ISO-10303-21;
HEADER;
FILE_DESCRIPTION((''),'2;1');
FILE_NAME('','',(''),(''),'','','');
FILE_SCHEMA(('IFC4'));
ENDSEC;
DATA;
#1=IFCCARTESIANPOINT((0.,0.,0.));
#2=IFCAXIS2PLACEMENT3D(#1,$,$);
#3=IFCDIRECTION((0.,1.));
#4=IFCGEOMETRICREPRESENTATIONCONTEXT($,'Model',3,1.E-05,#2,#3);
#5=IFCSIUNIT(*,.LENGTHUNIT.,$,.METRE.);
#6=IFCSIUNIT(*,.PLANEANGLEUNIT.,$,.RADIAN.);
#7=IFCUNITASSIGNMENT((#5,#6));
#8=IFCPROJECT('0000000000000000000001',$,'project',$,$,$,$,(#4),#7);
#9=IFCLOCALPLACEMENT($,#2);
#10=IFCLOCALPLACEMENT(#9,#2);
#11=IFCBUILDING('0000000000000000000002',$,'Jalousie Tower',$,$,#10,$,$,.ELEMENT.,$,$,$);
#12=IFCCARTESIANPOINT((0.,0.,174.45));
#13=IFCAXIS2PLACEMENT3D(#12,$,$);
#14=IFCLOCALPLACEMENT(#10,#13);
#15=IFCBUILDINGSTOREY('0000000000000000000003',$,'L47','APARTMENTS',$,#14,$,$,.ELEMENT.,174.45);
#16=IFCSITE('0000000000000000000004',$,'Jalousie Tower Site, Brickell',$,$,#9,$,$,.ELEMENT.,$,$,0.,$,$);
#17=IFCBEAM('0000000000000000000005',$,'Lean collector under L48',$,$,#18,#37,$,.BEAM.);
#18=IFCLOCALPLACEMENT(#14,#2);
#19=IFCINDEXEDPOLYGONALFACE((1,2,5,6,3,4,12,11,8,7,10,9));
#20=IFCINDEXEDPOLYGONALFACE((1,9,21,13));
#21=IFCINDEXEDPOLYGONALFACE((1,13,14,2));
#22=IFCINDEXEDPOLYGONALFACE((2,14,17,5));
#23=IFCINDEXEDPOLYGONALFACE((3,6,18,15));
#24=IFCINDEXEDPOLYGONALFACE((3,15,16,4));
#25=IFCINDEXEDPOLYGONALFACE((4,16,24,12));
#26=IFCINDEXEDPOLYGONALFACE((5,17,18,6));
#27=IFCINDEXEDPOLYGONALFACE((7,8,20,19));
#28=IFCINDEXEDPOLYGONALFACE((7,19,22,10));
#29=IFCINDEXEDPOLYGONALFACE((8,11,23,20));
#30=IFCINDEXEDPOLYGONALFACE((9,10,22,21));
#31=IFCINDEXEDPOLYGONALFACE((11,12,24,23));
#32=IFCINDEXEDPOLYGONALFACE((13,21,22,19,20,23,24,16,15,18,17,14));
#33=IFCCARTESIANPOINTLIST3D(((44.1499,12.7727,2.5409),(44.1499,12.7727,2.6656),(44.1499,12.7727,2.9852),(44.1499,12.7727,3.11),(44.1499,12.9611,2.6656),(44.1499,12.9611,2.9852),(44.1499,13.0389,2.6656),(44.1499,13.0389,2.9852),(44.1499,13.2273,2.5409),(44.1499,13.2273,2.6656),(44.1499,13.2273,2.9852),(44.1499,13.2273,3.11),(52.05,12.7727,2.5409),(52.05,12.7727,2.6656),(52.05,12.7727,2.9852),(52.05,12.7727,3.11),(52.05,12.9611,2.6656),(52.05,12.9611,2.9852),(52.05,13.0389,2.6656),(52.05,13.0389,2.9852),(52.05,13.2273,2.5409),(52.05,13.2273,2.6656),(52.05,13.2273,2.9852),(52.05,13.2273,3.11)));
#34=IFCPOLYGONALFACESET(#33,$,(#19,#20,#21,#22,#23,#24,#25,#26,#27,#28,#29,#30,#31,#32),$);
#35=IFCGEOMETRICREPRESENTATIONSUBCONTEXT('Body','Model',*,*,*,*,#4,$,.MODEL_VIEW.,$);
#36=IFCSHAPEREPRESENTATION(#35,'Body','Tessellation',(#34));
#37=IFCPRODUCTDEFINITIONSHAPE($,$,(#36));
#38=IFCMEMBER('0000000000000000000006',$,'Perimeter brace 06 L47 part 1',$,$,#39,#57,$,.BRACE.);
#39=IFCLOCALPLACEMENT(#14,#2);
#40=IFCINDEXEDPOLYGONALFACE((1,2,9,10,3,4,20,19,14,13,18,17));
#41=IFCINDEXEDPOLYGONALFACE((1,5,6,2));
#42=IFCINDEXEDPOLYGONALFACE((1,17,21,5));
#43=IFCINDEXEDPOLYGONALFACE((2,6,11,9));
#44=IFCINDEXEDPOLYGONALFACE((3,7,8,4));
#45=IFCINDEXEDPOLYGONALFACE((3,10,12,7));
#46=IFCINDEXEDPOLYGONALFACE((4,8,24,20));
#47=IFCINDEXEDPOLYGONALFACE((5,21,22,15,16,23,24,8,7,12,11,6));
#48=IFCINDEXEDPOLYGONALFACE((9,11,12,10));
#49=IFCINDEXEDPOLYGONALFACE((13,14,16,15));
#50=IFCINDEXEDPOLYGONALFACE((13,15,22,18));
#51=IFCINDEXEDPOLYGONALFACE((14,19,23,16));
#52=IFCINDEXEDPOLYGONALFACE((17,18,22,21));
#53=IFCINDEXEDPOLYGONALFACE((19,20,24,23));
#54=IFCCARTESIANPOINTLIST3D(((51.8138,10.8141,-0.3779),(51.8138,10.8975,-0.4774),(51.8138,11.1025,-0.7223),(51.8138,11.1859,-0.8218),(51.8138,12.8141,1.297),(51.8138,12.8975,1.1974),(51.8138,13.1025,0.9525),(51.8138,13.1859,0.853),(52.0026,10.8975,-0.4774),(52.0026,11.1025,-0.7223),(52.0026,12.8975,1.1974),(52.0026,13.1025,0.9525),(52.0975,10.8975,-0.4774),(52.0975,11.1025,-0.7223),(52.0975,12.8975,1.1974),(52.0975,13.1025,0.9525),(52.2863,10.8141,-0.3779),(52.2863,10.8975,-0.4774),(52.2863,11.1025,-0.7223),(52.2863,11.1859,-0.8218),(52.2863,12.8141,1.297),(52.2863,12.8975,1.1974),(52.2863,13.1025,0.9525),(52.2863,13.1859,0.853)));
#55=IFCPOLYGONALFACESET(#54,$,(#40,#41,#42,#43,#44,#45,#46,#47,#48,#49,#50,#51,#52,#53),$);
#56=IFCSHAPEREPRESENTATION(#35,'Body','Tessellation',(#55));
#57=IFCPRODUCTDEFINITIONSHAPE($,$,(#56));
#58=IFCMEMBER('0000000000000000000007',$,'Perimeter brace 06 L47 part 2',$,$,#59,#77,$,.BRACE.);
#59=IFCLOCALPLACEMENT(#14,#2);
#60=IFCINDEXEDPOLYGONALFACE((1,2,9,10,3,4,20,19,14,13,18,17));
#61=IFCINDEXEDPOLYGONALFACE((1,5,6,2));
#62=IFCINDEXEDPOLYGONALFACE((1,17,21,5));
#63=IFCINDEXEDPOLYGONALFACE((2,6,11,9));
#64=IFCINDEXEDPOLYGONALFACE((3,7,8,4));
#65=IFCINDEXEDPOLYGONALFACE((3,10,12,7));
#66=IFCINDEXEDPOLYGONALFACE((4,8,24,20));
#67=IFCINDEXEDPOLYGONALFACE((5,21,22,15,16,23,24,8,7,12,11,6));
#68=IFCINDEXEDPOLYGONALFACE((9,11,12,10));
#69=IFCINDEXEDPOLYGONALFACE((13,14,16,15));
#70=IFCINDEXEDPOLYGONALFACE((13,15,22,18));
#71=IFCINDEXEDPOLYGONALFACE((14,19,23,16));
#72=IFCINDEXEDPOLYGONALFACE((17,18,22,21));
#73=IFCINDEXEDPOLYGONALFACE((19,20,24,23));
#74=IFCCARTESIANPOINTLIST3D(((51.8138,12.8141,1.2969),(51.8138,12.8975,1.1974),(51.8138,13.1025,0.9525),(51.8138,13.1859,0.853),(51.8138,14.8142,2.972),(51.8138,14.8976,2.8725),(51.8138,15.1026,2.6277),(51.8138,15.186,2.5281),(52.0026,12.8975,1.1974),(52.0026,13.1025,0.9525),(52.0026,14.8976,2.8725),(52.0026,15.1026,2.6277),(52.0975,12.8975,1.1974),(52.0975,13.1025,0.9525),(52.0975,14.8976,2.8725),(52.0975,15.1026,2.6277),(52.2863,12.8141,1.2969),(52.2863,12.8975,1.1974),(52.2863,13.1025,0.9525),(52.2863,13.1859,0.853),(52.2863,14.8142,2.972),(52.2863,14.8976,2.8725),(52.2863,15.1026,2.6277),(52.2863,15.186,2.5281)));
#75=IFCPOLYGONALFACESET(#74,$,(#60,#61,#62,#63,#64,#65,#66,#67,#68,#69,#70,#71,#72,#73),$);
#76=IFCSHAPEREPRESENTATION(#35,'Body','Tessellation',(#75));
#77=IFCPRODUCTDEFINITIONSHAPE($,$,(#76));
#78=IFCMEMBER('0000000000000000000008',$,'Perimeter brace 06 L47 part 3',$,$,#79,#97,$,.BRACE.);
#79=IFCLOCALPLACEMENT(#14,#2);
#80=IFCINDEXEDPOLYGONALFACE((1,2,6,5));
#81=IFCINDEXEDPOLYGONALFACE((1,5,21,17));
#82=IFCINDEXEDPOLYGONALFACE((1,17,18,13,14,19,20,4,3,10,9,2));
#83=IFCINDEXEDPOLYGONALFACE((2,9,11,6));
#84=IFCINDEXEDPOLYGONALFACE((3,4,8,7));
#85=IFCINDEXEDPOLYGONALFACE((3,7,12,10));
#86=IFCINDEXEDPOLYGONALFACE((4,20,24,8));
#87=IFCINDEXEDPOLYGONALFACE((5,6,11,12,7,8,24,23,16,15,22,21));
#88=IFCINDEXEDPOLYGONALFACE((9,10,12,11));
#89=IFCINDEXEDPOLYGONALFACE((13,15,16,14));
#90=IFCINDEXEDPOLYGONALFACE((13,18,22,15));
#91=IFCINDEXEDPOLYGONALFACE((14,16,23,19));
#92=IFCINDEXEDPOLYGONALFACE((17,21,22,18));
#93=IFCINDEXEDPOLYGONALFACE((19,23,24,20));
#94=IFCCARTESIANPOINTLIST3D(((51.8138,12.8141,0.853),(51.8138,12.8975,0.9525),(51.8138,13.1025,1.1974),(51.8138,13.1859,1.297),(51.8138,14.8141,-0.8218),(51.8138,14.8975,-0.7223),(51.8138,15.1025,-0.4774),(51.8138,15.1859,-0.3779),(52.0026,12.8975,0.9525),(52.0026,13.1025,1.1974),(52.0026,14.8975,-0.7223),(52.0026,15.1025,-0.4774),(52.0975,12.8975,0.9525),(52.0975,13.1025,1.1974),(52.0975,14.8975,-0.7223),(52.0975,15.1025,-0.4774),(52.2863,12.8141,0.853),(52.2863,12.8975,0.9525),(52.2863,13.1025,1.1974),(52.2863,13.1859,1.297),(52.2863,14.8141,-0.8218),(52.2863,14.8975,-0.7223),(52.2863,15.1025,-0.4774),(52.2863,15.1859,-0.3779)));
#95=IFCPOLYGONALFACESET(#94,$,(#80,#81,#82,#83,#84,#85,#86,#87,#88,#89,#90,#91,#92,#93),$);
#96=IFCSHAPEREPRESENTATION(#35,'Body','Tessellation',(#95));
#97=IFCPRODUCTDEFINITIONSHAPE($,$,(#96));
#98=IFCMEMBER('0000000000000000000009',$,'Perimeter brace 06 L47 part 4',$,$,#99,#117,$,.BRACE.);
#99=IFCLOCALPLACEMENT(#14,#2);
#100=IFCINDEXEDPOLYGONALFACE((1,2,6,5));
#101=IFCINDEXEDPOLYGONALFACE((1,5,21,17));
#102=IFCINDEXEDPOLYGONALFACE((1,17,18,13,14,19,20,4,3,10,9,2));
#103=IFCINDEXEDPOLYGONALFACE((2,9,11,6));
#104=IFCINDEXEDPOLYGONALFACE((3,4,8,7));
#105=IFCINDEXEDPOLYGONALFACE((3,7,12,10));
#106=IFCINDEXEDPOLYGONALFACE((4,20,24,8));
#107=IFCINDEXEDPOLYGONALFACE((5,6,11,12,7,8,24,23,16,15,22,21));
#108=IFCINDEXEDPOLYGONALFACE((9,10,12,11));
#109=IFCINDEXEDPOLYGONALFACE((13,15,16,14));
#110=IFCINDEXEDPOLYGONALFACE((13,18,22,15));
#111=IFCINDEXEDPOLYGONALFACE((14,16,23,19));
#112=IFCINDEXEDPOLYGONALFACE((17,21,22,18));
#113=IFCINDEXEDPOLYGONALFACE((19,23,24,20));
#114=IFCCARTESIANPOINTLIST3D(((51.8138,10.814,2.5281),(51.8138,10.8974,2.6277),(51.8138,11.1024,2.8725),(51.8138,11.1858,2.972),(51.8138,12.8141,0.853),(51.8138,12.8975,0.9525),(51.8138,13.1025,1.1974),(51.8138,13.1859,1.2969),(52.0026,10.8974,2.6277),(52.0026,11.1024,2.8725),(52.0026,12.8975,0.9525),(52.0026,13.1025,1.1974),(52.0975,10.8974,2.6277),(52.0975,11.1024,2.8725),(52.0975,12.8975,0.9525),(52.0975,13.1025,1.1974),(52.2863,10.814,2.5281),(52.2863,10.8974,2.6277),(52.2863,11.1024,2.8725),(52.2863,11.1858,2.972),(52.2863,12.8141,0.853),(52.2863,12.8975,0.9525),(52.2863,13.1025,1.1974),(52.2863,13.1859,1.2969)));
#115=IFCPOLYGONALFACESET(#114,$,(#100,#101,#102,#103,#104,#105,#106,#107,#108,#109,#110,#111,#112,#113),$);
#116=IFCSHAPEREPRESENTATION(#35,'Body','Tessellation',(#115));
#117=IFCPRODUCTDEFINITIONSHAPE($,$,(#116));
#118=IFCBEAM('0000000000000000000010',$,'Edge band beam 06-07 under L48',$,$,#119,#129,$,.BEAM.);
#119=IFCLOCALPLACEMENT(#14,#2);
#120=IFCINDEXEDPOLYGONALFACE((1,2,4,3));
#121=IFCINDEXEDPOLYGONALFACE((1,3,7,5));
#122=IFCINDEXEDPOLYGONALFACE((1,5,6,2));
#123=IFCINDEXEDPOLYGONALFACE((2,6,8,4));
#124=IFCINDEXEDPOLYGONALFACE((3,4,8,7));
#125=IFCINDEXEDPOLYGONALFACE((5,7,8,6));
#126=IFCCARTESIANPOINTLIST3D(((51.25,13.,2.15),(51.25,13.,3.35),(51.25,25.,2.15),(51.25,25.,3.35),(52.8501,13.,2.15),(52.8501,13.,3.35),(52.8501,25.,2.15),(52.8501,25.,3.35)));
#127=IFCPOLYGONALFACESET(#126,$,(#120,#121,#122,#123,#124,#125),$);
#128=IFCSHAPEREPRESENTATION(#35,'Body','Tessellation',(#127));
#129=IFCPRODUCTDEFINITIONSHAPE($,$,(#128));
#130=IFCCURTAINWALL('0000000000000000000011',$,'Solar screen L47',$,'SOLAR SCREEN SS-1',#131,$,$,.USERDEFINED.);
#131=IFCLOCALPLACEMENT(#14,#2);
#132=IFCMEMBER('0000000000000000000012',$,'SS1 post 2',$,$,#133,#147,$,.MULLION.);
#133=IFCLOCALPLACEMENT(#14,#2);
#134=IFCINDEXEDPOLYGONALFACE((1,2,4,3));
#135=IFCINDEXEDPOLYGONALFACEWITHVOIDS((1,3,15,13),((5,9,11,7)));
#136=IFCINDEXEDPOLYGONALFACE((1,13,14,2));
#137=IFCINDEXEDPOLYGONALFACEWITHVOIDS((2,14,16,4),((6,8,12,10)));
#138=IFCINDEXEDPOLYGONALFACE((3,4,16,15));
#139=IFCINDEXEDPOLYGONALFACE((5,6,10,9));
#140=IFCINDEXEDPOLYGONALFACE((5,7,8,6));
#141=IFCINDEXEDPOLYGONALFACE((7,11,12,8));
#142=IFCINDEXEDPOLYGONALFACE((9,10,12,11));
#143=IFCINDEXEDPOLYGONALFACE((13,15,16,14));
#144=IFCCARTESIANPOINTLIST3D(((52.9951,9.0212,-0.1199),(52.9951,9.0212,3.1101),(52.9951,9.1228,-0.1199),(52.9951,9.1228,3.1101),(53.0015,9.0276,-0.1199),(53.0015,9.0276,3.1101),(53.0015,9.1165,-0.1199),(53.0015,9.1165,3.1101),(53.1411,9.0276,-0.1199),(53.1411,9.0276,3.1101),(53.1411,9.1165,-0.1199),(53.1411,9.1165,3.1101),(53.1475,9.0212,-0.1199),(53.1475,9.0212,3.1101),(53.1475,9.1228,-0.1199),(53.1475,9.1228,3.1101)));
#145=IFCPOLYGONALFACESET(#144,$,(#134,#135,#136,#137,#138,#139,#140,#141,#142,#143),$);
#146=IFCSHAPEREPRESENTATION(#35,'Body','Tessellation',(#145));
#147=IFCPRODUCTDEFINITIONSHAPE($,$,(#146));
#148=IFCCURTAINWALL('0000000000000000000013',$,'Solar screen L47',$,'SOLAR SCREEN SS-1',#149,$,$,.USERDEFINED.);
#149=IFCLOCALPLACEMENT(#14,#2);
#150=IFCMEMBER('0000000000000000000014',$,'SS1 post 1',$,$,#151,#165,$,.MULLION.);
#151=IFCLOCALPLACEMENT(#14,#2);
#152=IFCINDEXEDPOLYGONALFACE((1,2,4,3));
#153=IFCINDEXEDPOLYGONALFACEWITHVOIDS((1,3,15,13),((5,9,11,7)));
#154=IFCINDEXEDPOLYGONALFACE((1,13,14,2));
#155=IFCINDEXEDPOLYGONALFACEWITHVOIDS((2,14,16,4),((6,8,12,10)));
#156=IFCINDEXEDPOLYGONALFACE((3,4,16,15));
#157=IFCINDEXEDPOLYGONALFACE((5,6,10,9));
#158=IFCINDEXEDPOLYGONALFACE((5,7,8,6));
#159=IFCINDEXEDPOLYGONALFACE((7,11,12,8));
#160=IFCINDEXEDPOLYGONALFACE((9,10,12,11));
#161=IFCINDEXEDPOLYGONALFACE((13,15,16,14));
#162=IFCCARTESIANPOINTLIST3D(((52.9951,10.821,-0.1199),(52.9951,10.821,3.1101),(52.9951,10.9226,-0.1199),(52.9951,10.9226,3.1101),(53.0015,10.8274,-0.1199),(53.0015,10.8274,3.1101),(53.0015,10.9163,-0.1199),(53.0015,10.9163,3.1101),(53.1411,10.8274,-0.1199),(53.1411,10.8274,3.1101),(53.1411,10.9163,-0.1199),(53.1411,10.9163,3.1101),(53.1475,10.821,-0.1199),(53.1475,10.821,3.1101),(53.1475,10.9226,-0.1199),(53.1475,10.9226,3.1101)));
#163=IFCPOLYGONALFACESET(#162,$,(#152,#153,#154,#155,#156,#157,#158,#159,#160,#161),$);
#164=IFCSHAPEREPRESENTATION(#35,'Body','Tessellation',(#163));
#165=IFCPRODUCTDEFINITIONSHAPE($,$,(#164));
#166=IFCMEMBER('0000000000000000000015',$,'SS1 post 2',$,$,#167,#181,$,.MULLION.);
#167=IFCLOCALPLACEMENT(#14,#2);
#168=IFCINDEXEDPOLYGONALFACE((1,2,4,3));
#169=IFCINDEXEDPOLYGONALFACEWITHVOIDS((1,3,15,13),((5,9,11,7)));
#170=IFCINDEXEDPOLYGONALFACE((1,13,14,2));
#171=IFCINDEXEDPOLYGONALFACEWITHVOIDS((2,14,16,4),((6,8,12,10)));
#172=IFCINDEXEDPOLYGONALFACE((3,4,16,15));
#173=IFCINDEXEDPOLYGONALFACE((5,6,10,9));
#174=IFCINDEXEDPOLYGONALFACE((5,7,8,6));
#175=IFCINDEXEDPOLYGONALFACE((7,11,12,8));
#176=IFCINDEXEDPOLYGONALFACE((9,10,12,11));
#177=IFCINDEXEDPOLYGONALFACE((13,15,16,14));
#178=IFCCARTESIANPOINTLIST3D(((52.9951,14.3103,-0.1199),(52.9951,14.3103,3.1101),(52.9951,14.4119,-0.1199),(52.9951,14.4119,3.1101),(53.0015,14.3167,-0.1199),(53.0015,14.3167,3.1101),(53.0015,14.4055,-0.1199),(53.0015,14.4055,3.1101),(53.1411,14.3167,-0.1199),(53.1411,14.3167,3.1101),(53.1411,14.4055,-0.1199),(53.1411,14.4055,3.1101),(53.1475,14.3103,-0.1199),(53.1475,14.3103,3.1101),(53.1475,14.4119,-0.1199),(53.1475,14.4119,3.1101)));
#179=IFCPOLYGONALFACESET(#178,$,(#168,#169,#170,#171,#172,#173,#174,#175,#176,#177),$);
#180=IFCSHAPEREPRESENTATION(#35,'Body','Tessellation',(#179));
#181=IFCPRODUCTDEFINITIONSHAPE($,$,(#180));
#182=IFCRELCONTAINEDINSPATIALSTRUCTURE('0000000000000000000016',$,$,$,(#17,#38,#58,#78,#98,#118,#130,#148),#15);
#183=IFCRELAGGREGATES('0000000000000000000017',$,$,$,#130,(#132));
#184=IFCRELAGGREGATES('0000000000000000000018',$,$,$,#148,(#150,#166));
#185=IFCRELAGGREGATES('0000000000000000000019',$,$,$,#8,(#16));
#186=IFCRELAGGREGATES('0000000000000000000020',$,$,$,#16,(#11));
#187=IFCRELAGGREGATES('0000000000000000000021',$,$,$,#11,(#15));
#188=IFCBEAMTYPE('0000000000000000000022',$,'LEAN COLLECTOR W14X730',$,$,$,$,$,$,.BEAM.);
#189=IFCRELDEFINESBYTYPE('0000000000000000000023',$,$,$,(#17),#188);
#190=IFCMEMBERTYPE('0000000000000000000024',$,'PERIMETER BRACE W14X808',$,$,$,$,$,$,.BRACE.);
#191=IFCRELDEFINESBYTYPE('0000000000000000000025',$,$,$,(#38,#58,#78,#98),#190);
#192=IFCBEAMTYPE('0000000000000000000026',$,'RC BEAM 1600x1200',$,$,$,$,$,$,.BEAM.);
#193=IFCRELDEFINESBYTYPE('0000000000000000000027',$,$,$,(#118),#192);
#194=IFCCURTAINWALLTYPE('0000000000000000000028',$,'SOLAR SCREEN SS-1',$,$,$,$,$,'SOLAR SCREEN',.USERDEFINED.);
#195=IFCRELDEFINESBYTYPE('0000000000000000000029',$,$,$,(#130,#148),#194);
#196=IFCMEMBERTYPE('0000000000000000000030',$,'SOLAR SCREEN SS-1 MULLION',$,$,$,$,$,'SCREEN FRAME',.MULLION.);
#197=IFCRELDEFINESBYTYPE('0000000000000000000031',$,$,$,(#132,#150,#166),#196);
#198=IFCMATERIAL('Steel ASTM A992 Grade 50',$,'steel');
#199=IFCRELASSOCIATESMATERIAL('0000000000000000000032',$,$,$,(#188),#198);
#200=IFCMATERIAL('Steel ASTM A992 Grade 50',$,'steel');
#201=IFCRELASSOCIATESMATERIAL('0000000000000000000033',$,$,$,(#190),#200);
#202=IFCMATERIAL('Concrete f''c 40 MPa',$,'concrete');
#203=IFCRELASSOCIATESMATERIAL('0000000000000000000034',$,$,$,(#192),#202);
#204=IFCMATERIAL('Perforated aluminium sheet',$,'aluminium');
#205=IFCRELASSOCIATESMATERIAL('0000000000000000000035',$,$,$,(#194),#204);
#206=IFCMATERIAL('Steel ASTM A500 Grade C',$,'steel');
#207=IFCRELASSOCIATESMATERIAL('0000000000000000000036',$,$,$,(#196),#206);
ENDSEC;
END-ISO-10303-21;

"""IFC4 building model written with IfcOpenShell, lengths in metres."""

from ifc_helpers import new_model, si_unit, direction, frame, origin, origin_2d, place, context, subcontext, project, spatial, rectangle, hollow_rectangle, i_section, extrude, material, material_profile, profile_set, type_object, element, aggregate, save


model = new_model("IFC4")

# Units and contexts
model_context = context("Model", 3, precision=1e-05, world=origin(), true_north=direction((0.0, 1.0)))
body_context = subcontext(model_context, "Body", "Model", "MODEL_VIEW")
ifc_project = project(units=[si_unit("LENGTHUNIT", "METRE"), si_unit("PLANEANGLEUNIT", "RADIAN")], contexts=[model_context])

# Site, building, storey
site_placement = place(None, origin())
site = spatial("IfcSite", under=ifc_project, at=site_placement, Name="Jalousie Tower Site, Brickell", CompositionType="ELEMENT", RefElevation=0.0)
building_placement = place(site_placement, origin())
building = spatial("IfcBuilding", under=site, at=building_placement, Name="Jalousie Tower", CompositionType="ELEMENT")
storey_placement = place(building_placement, frame((0.0, 0.0, 174.45)))
storey = spatial("IfcBuildingStorey", under=building, at=storey_placement, Name="L47", Description="APARTMENTS", CompositionType="ELEMENT", Elevation=174.45)

# Beam
ifc_material_1 = material(Name="Steel ASTM A992 Grade 50", Category="steel")
ifc_material_profile_1 = material_profile(ifc_material_1, i_section(OverallWidth=0.4546, OverallDepth=0.5691, WebThickness=0.0779, FlangeThickness=0.1248, at=origin_2d()), Name="W14X730")
ifc_profile_set_1 = profile_set([ifc_material_profile_1], Name="Steel ASTM A992 Grade 50")
beam_type_1 = type_object("IfcBeamType", Name="LEAN COLLECTOR W14X730", PredefinedType="BEAM", material=ifc_profile_set_1)
beam_1_placement = place(storey_placement, frame((52.05, 13.0, 2.8254), z_axis=(-1.0, 0.0, 0.0), x_axis=(0.0, -1.0, 0.0)))
element("IfcBeam", 1, at=beam_1_placement, inside=storey, type_object=beam_type_1, Name="Lean collector under L48", PredefinedType="BEAM", context=body_context, shape_type="SweptSolid", body=[
    extrude(i_section(OverallWidth=0.4546, OverallDepth=0.5691, WebThickness=0.0779, FlangeThickness=0.1248, at=origin_2d()), origin(), (0.0, 0.0, 1.0), 7.9001),
])

# Members
ifc_material_2 = material(Name="Steel ASTM A992 Grade 50", Category="steel")
ifc_material_profile_2 = material_profile(ifc_material_2, i_section(OverallWidth=0.4724, OverallDepth=0.5791, WebThickness=0.095, FlangeThickness=0.1299, at=origin_2d()), Name="W14X808")
ifc_profile_set_2 = profile_set([ifc_material_profile_2], Name="Steel ASTM A992 Grade 50")
member_type_1 = type_object("IfcMemberType", Name="PERIMETER BRACE W14X808", PredefinedType="BRACE", material=ifc_profile_set_2)
member_1_placement = place(storey_placement, frame((52.05, 11.0, -0.5999), z_axis=(0.0, 0.766685, 0.642024), x_axis=(-1.0, 0.0, 0.0)))
element("IfcMember", 2, at=member_1_placement, inside=storey, type_object=member_type_1, Name="Perimeter brace 06 L47 part 1", PredefinedType="BRACE", context=body_context, shape_type="SweptSolid", body=[
    extrude(i_section(OverallWidth=0.4724, OverallDepth=0.5791, WebThickness=0.095, FlangeThickness=0.1299, at=origin_2d()), origin(), (0.0, 0.0, 1.0), 2.6086),
])
member_2_placement = place(storey_placement, frame((52.05, 13.0, 1.075), z_axis=(0.0, 0.766639, 0.642079), x_axis=(-1.0, 0.0, 0.0)))
element("IfcMember", 3, at=member_2_placement, inside=storey, type_object=member_type_1, Name="Perimeter brace 06 L47 part 2", PredefinedType="BRACE", context=body_context, shape_type="SweptSolid", body=[
    extrude(i_section(OverallWidth=0.4724, OverallDepth=0.5791, WebThickness=0.095, FlangeThickness=0.1299, at=origin_2d()), origin(), (0.0, 0.0, 1.0), 2.6089),
])
member_3_placement = place(storey_placement, frame((52.05, 15.0, -0.5999), z_axis=(0.0, -0.766685, 0.642024), x_axis=(1.0, 0.0, 0.0)))
element("IfcMember", 4, at=member_3_placement, inside=storey, type_object=member_type_1, Name="Perimeter brace 06 L47 part 3", PredefinedType="BRACE", context=body_context, shape_type="SweptSolid", body=[
    extrude(i_section(OverallWidth=0.4724, OverallDepth=0.5791, WebThickness=0.095, FlangeThickness=0.1299, at=origin_2d()), origin(), (0.0, 0.0, 1.0), 2.6086),
])
member_4_placement = place(storey_placement, frame((52.05, 13.0, 1.075), z_axis=(0.0, -0.766639, 0.642079), x_axis=(1.0, 0.0, 0.0)))
element("IfcMember", 5, at=member_4_placement, inside=storey, type_object=member_type_1, Name="Perimeter brace 06 L47 part 4", PredefinedType="BRACE", context=body_context, shape_type="SweptSolid", body=[
    extrude(i_section(OverallWidth=0.4724, OverallDepth=0.5791, WebThickness=0.095, FlangeThickness=0.1299, at=origin_2d()), origin(), (0.0, 0.0, 1.0), 2.6089),
])

# Beam
ifc_material_3 = material(Name="Concrete f'c 40 MPa", Category="concrete")
ifc_material_profile_3 = material_profile(ifc_material_3, rectangle(XDim=1.6001, YDim=1.2, at=origin_2d()), Name="RC 1600x1200")
ifc_profile_set_3 = profile_set([ifc_material_profile_3], Name="Concrete f'c 40 MPa")
beam_type_2 = type_object("IfcBeamType", Name="RC BEAM 1600x1200", PredefinedType="BEAM", material=ifc_profile_set_3)
beam_2_placement = place(storey_placement, frame((52.05, 13.0, 2.75), z_axis=(0.0, 1.0, 0.0), x_axis=(-1.0, 0.0, 0.0)))
element("IfcBeam", 6, at=beam_2_placement, inside=storey, type_object=beam_type_2, Name="Edge band beam 06-07 under L48", PredefinedType="BEAM", context=body_context, shape_type="SweptSolid", body=[
    extrude(rectangle(XDim=1.6001, YDim=1.2, at=origin_2d()), origin(), (0.0, 0.0, 1.0), 12.0),
])

# Curtain wall, member
ifc_material_4 = material(Name="Perforated aluminium sheet", Category="aluminium")
curtain_wall_type = type_object("IfcCurtainWallType", Name="SOLAR SCREEN SS-1", ElementType="SOLAR SCREEN", PredefinedType="USERDEFINED", material=ifc_material_4)
curtain_wall_1_placement = place(storey_placement, origin())
curtain_wall_1 = element("IfcCurtainWall", 7, at=curtain_wall_1_placement, inside=storey, type_object=curtain_wall_type, Name="Solar screen L47", ObjectType="SOLAR SCREEN SS-1", PredefinedType="USERDEFINED")
ifc_material_5 = material(Name="Steel ASTM A500 Grade C", Category="steel")
ifc_material_profile_4 = material_profile(ifc_material_5, hollow_rectangle(XDim=0.1016, YDim=0.1523, WallThickness=0.0063, at=origin_2d()), Name="HSS6X4X1/4")
ifc_profile_set_4 = profile_set([ifc_material_profile_4], Name="Steel ASTM A500 Grade C")
member_type_2 = type_object("IfcMemberType", Name="SOLAR SCREEN SS-1 MULLION", ElementType="SCREEN FRAME", PredefinedType="MULLION", material=ifc_profile_set_4)
member_5_placement = place(storey_placement, frame((53.0713, 9.072, -0.1199), z_axis=(0.0, 0.0, 1.0), x_axis=(0.0, 1.0, 0.0)))
member_5 = element("IfcMember", 8, at=member_5_placement, type_object=member_type_2, Name="SS1 post 2", PredefinedType="MULLION", context=body_context, shape_type="SweptSolid", body=[
    extrude(hollow_rectangle(XDim=0.1016, YDim=0.1523, WallThickness=0.0063, at=origin_2d()), origin(), (0.0, 0.0, 1.0), 3.23),
])

# Curtain wall, members
curtain_wall_2_placement = place(storey_placement, origin())
curtain_wall_2 = element("IfcCurtainWall", 9, at=curtain_wall_2_placement, inside=storey, type_object=curtain_wall_type, Name="Solar screen L47", ObjectType="SOLAR SCREEN SS-1", PredefinedType="USERDEFINED")
member_6_placement = place(storey_placement, frame((53.0713, 10.8718, -0.1199), z_axis=(0.0, 0.0, 1.0), x_axis=(0.0, 1.0, 0.0)))
member_6 = element("IfcMember", 10, at=member_6_placement, type_object=member_type_2, Name="SS1 post 1", PredefinedType="MULLION", context=body_context, shape_type="SweptSolid", body=[
    extrude(hollow_rectangle(XDim=0.1016, YDim=0.1523, WallThickness=0.0063, at=origin_2d()), origin(), (0.0, 0.0, 1.0), 3.23),
])
member_7_placement = place(storey_placement, frame((53.0713, 14.3611, -0.1199), z_axis=(0.0, 0.0, 1.0), x_axis=(0.0, 1.0, 0.0)))
member_7 = element("IfcMember", 11, at=member_7_placement, type_object=member_type_2, Name="SS1 post 2", PredefinedType="MULLION", context=body_context, shape_type="SweptSolid", body=[
    extrude(hollow_rectangle(XDim=0.1016, YDim=0.1523, WallThickness=0.0063, at=origin_2d()), origin(), (0.0, 0.0, 1.0), 3.23),
])

aggregate(curtain_wall_1, [member_5])
aggregate(curtain_wall_2, [member_6, member_7])

save(model, "model.ifc")
